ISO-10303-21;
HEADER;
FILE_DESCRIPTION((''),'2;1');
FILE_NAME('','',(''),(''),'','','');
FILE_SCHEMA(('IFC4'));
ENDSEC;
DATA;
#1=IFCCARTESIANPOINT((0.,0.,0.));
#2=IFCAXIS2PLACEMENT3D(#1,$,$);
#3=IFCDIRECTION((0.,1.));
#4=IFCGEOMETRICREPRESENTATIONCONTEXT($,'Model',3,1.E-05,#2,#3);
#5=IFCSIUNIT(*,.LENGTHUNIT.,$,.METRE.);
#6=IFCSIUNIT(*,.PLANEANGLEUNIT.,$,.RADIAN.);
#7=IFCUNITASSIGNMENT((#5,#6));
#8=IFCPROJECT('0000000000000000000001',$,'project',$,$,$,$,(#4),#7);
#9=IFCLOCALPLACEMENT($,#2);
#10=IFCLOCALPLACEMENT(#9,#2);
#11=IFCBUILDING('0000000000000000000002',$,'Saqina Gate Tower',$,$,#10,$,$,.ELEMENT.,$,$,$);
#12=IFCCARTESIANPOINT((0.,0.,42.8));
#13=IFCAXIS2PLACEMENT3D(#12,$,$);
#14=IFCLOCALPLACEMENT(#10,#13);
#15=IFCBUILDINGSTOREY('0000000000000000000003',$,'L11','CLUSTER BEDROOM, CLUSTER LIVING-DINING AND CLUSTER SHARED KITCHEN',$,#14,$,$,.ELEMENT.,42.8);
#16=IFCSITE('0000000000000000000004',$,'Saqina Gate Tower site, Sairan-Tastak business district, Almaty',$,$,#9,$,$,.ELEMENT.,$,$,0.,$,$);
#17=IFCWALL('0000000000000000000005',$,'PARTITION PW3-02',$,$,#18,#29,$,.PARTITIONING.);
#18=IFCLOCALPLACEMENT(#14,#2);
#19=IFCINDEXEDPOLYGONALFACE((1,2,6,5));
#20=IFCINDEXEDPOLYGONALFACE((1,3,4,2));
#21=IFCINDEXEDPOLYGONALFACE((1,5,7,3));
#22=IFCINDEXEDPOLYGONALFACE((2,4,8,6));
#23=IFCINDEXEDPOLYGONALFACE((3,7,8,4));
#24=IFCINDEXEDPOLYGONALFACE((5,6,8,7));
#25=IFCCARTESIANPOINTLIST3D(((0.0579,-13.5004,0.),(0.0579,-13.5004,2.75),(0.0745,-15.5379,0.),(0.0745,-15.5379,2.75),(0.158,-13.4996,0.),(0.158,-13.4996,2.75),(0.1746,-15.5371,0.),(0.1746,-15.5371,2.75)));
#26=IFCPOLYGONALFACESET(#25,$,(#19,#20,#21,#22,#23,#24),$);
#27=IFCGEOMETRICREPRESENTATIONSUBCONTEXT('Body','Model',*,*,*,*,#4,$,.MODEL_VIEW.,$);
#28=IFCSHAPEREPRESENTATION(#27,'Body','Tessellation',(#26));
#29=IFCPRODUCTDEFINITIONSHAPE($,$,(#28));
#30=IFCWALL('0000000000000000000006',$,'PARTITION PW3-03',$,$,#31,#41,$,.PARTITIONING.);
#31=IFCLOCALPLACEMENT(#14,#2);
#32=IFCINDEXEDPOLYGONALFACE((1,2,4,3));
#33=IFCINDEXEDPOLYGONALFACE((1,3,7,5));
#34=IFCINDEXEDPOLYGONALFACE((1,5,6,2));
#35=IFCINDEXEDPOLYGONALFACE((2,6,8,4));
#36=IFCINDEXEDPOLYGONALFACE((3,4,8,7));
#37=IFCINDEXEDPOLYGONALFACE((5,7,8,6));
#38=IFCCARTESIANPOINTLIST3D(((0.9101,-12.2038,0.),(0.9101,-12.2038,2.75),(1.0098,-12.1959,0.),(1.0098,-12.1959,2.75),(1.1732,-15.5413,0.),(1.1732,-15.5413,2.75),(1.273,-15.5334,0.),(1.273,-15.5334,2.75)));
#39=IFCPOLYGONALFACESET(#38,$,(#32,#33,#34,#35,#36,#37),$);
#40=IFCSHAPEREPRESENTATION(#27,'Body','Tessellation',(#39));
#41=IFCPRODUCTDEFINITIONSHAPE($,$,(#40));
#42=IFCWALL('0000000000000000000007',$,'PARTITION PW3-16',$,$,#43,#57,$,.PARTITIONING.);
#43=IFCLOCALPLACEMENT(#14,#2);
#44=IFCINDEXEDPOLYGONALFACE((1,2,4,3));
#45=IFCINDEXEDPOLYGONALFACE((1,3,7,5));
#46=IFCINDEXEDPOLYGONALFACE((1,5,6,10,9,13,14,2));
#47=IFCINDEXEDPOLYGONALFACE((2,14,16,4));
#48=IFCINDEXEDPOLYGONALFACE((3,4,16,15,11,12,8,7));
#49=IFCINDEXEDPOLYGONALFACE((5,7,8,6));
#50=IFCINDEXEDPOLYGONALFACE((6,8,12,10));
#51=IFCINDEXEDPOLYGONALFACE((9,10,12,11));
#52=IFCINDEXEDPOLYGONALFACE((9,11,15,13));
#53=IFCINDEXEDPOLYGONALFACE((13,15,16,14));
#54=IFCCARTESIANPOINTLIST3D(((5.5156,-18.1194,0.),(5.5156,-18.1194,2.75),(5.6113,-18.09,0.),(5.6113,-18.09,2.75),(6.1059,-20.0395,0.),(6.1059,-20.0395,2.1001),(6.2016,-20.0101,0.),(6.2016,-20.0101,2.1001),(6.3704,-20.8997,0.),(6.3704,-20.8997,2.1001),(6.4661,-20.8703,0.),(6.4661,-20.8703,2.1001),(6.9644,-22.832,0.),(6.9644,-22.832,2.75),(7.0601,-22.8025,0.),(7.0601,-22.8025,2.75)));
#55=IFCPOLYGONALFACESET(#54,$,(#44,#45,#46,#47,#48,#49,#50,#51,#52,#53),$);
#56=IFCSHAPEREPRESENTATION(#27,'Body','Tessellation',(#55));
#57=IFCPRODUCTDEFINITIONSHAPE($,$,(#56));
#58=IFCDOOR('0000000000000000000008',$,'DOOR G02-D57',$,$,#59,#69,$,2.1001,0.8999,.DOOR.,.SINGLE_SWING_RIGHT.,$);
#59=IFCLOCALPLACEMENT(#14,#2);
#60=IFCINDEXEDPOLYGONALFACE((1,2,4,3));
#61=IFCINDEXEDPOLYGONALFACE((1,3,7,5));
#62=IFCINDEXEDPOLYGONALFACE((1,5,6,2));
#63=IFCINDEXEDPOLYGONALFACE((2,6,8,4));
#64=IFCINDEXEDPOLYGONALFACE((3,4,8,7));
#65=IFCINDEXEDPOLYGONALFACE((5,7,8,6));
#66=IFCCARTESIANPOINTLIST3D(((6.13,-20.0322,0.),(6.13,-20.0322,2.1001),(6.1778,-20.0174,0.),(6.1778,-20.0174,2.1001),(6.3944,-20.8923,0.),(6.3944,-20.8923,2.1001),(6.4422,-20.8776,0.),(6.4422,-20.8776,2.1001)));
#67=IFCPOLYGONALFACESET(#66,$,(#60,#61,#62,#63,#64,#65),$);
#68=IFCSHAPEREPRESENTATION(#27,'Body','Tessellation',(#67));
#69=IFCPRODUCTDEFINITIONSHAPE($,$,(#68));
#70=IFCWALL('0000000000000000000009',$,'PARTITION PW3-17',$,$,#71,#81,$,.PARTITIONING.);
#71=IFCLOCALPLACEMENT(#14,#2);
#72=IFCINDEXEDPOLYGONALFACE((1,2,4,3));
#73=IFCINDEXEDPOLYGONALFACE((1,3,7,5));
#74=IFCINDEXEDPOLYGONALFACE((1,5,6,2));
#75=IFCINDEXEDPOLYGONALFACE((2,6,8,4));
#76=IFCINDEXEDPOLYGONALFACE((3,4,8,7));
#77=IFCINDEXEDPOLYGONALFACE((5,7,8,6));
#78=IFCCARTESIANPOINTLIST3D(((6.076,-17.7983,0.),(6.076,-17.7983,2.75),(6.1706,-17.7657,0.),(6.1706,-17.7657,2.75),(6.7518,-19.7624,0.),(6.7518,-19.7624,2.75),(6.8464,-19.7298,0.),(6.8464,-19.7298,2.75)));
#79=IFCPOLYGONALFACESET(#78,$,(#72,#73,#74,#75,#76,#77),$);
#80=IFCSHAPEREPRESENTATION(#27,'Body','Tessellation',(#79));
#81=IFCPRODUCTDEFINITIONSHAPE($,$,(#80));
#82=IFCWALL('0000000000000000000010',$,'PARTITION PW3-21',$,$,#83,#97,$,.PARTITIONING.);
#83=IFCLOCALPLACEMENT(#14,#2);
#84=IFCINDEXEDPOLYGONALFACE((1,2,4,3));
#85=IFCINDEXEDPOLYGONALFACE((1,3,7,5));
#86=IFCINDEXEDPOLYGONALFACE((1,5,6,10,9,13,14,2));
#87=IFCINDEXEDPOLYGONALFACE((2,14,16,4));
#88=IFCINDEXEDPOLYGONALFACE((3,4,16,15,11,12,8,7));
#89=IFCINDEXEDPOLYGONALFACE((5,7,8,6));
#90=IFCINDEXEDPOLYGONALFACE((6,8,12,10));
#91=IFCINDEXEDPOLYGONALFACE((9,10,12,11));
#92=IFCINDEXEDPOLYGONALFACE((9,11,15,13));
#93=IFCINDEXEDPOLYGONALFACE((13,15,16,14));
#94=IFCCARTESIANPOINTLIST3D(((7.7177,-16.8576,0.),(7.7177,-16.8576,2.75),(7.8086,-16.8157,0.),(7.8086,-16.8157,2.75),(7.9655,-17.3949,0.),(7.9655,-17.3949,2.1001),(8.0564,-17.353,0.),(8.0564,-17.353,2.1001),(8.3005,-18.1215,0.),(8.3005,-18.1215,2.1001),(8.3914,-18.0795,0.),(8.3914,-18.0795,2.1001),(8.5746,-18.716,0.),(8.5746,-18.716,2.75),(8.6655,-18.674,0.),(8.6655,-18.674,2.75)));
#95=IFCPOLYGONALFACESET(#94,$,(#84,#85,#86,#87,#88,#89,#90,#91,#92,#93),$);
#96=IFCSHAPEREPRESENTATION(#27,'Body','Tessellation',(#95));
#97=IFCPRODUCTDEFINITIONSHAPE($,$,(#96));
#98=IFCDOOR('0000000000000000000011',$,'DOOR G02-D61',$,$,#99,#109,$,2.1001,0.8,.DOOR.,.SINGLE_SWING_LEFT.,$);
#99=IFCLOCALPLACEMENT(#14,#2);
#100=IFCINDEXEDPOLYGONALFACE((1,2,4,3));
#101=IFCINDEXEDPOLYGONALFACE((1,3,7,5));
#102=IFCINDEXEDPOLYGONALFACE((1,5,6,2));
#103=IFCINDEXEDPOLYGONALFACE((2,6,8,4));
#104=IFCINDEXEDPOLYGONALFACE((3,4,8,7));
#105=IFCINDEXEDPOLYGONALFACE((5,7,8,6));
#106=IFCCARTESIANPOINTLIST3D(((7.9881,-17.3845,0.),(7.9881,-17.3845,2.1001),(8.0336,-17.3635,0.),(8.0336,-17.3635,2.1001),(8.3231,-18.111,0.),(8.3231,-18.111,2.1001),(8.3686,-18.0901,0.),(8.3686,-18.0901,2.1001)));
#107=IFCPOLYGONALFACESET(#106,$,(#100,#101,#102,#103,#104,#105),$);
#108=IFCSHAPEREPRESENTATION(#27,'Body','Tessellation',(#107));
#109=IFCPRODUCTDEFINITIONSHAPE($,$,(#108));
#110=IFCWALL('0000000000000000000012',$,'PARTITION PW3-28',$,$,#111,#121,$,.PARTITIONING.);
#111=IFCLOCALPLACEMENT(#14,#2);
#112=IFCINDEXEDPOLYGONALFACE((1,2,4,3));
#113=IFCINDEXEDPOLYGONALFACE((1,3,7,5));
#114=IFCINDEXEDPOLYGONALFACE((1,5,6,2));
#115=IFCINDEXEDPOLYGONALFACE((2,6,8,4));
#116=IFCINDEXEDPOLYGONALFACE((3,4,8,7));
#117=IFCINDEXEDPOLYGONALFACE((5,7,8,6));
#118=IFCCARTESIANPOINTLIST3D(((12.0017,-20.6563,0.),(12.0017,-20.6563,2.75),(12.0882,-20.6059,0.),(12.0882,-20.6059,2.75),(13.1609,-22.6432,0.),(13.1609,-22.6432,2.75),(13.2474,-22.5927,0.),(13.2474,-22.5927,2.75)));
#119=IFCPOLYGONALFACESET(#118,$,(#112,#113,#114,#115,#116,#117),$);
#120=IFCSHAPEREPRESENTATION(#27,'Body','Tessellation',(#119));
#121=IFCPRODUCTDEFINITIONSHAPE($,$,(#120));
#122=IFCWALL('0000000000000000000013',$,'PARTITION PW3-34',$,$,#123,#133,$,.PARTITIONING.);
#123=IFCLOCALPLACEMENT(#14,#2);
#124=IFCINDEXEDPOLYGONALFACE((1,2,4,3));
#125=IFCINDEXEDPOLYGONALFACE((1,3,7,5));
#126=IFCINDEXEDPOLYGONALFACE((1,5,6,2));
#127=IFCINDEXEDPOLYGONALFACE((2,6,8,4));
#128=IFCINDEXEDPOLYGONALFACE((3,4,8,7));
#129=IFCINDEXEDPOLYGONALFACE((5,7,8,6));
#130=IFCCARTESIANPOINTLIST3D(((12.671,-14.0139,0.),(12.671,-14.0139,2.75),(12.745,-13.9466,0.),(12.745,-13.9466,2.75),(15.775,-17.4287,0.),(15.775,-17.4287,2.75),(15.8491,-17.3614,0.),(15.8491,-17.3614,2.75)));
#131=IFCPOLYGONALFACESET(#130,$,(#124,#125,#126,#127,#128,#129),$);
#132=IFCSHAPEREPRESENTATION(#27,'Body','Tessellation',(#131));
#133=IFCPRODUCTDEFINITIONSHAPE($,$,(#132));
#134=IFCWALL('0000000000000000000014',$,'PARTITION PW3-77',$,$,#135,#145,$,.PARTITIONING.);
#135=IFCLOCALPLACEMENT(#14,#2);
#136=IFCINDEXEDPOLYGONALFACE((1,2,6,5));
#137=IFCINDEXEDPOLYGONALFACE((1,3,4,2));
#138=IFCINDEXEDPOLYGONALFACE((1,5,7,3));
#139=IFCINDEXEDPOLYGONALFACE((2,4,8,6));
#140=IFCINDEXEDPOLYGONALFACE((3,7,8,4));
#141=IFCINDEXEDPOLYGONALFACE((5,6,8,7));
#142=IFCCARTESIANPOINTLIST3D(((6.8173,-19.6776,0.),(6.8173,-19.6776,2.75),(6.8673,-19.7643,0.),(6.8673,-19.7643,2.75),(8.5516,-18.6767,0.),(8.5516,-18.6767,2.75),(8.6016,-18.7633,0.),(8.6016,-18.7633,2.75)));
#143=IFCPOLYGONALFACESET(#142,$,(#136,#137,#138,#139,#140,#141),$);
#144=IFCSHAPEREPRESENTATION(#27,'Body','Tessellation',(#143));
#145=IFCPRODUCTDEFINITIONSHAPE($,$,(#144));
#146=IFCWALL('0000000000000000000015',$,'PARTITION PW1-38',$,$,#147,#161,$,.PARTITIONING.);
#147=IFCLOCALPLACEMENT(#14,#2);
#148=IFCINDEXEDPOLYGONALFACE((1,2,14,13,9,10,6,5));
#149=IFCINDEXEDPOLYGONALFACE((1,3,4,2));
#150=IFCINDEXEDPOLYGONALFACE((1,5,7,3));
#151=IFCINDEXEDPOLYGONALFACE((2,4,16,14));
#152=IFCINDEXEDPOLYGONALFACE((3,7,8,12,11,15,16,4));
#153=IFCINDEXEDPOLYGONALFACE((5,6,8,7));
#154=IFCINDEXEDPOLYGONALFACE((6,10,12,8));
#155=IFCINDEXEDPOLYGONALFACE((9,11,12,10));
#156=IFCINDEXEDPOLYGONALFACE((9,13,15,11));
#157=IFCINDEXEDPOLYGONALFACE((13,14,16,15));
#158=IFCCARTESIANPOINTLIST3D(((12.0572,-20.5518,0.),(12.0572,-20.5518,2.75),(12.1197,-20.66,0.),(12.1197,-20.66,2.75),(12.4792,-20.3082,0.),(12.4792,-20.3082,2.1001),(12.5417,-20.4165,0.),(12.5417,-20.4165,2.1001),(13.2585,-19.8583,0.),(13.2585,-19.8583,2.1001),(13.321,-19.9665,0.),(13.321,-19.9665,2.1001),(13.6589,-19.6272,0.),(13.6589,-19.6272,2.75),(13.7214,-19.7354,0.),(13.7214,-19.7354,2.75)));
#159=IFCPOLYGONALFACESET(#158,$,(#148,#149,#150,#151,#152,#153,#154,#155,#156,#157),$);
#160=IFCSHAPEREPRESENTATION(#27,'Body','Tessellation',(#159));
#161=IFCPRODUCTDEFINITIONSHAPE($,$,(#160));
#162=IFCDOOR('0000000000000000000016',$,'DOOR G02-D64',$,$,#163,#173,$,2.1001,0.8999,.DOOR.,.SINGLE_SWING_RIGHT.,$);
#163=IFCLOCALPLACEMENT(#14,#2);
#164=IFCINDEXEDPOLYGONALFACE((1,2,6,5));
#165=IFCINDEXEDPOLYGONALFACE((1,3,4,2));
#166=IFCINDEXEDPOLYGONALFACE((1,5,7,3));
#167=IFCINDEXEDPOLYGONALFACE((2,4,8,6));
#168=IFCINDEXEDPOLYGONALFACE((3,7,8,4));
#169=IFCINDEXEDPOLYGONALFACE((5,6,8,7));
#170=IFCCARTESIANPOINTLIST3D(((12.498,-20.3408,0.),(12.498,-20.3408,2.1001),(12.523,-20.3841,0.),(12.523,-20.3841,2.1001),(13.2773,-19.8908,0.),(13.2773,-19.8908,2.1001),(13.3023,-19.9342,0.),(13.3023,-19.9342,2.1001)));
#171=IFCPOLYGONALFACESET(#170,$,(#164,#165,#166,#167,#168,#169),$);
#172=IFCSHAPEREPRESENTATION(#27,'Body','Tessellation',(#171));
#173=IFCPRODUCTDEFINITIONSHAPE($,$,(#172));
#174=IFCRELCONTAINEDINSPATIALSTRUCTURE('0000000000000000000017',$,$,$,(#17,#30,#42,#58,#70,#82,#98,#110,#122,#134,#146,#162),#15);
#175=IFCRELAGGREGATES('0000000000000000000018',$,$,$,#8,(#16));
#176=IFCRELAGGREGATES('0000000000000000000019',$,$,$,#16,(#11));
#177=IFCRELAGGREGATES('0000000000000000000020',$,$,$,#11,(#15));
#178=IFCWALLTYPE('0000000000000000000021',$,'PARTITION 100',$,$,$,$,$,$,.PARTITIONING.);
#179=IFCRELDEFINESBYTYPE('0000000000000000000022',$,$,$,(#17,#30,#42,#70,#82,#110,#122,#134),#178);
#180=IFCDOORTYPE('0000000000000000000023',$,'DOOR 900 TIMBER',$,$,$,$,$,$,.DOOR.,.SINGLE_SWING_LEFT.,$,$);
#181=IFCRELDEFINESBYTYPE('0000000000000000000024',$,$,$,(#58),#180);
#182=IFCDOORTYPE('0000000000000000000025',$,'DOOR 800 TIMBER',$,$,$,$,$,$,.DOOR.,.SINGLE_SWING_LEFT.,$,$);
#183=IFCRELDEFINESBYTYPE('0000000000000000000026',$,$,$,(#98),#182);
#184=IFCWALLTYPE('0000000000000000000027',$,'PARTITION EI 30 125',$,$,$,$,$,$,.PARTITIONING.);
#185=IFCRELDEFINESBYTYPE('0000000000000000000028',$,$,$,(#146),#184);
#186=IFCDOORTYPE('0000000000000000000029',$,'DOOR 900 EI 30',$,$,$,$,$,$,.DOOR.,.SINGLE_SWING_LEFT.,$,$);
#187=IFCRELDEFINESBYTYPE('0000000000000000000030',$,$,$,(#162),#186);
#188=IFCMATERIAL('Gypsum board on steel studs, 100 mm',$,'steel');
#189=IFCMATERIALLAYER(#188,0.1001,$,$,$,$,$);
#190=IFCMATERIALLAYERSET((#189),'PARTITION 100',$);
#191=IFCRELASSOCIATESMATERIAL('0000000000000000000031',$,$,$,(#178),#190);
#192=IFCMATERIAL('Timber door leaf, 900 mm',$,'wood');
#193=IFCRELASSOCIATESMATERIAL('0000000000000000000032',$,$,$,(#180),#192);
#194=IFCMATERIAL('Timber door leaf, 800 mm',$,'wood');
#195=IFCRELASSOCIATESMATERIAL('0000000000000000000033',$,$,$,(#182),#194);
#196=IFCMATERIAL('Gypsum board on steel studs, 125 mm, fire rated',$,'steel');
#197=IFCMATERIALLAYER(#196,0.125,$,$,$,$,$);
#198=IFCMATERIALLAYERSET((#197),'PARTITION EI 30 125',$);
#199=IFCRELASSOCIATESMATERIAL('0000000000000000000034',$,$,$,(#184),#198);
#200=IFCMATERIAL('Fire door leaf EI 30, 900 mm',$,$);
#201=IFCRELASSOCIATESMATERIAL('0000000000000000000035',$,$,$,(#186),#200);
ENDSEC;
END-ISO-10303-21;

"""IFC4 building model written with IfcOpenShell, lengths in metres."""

from ifc_helpers import new_model, si_unit, direction, frame, frame_2d, origin, place, context, subcontext, project, spatial, rectangle, extrude, material, layer, layer_set, type_object, element, fill, save


model = new_model("IFC4")

# Units and contexts
model_context = context("Model", 3, precision=1e-05, world=origin(), true_north=direction((0.0, 1.0)))
body_context = subcontext(model_context, "Body", "Model", "MODEL_VIEW")
ifc_project = project(units=[si_unit("LENGTHUNIT", "METRE"), si_unit("PLANEANGLEUNIT", "RADIAN")], contexts=[model_context])

# Site, building, storey
site_placement = place(None, origin())
site = spatial("IfcSite", under=ifc_project, at=site_placement, Name="Saqina Gate Tower site, Sairan-Tastak business district, Almaty", CompositionType="ELEMENT", RefElevation=0.0)
building_placement = place(site_placement, origin())
building = spatial("IfcBuilding", under=site, at=building_placement, Name="Saqina Gate Tower", CompositionType="ELEMENT")
storey_placement = place(building_placement, frame((0.0, 0.0, 42.8)))
storey = spatial("IfcBuildingStorey", under=building, at=storey_placement, Name="L11", Description="CLUSTER BEDROOM, CLUSTER LIVING-DINING AND CLUSTER SHARED KITCHEN", CompositionType="ELEMENT", Elevation=42.8)

# Walls
ifc_material_1 = material(Name="Gypsum board on steel studs, 100 mm", Category="steel")
ifc_layer_1 = layer(ifc_material_1, 0.1001)
ifc_layer_set_1 = layer_set([ifc_layer_1], Name="PARTITION 100")
wall_type_1 = type_object("IfcWallType", Name="PARTITION 100", PredefinedType="PARTITIONING", material=ifc_layer_set_1)
wall_1_placement = place(storey_placement, frame((0.1079, -13.5, 0.0), z_axis=(0.0, 0.0, 1.0), x_axis=(0.008147, -0.999967, 0.0)))
element("IfcWall", 1, at=wall_1_placement, inside=storey, type_object=wall_type_1, Name="PARTITION PW3-02", PredefinedType="PARTITIONING", context=body_context, shape_type="SweptSolid", body=[
    extrude(rectangle(XDim=2.0376, YDim=0.1001, at=frame_2d((1.0188, 0.0))), origin(), (0.0, 0.0, 1.0), 2.75),
])
wall_2_placement = place(storey_placement, frame((0.96, -12.2, 0.0), z_axis=(0.0, 0.0, 1.0), x_axis=(0.078609, -0.996906, 0.0)))
element("IfcWall", 2, at=wall_2_placement, inside=storey, type_object=wall_type_1, Name="PARTITION PW3-03", PredefinedType="PARTITIONING", context=body_context, shape_type="SweptSolid", body=[
    extrude(rectangle(XDim=3.3479, YDim=0.1001, at=frame_2d((1.6738, 0.0))), origin(), (0.0, 0.0, 1.0), 2.75),
])

# Wall, opening, door
wall_3_placement = place(storey_placement, frame((5.5635, -18.1047, 0.0), z_axis=(0.0, 0.0, 1.0), x_axis=(0.293856, -0.95585, 0.0)))
wall_3 = element("IfcWall", 3, at=wall_3_placement, inside=storey, type_object=wall_type_1, Name="PARTITION PW3-16", PredefinedType="PARTITIONING", context=body_context, shape_type="SweptSolid", body=[
    extrude(rectangle(XDim=4.9302, YDim=0.1001, at=frame_2d((2.4651, 0.0))), origin(), (0.0, 0.0, 1.0), 2.75),
])
opening_1_placement = place(wall_3_placement, frame((2.0088, 0.0, 0.0)))
opening_1 = element("IfcOpeningElement", 4, at=opening_1_placement, cuts=wall_3, PredefinedType="OPENING", context=body_context, shape_type="SweptSolid", body=[
    extrude(rectangle(XDim=0.8999, YDim=2.1001, at=frame_2d((0.45, 1.05))), frame((0.0, 0.062, 0.0), z_axis=(0.0, -1.0, 0.0), x_axis=(1.0, 0.0, 0.0)), (0.0, 0.0, 1.0), 0.124),
])
ifc_material_2 = material(Name="Timber door leaf, 900 mm", Category="wood")
door_type_1 = type_object("IfcDoorType", Name="DOOR 900 TIMBER", OperationType="SINGLE_SWING_LEFT", PredefinedType="DOOR", material=ifc_material_2)
door_1_placement = place(opening_1_placement, frame((0.8999, 0.0, 0.0), z_axis=(0.0, 0.0, 1.0), x_axis=(-1.0, 0.0, 0.0)))
door_1 = element("IfcDoor", 5, at=door_1_placement, inside=storey, type_object=door_type_1, Name="DOOR G02-D57", OperationType="SINGLE_SWING_RIGHT", OverallHeight=2.1001, OverallWidth=0.8999, PredefinedType="DOOR", context=body_context, shape_type="SweptSolid", body=[
    extrude(rectangle(XDim=0.8999, YDim=2.1001, at=frame_2d((0.45, 1.05))), frame((0.0, 0.0249, 0.0), z_axis=(0.0, -1.0, 0.0), x_axis=(1.0, 0.0, 0.0)), (0.0, 0.0, 1.0), 0.05),
])
fill(opening_1, door_1)

# Wall
wall_4_placement = place(storey_placement, frame((6.1233, -17.782, 0.0), z_axis=(0.0, 0.0, 1.0), x_axis=(0.325346, -0.945595, 0.0)))
element("IfcWall", 6, at=wall_4_placement, inside=storey, type_object=wall_type_1, Name="PARTITION PW3-17", PredefinedType="PARTITIONING", context=body_context, shape_type="SweptSolid", body=[
    extrude(rectangle(XDim=2.0771, YDim=0.1001, at=frame_2d((1.0386, 0.0))), origin(), (0.0, 0.0, 1.0), 2.75),
])

# Wall, opening, door
wall_5_placement = place(storey_placement, frame((7.7632, -16.8367, 0.0), z_axis=(0.0, 0.0, 1.0), x_axis=(0.41874, -0.908106, 0.0)))
wall_5 = element("IfcWall", 7, at=wall_5_placement, inside=storey, type_object=wall_type_1, Name="PARTITION PW3-21", PredefinedType="PARTITIONING", context=body_context, shape_type="SweptSolid", body=[
    extrude(rectangle(XDim=2.0464, YDim=0.1001, at=frame_2d((1.0232, 0.0))), origin(), (0.0, 0.0, 1.0), 2.75),
])
opening_2_placement = place(wall_5_placement, frame((0.5918, 0.0, 0.0)))
opening_2 = element("IfcOpeningElement", 8, at=opening_2_placement, cuts=wall_5, PredefinedType="OPENING", context=body_context, shape_type="SweptSolid", body=[
    extrude(rectangle(XDim=0.8, YDim=2.1001, at=frame_2d((0.3999, 1.05))), frame((0.0, 0.062, 0.0), z_axis=(0.0, -1.0, 0.0), x_axis=(1.0, 0.0, 0.0)), (0.0, 0.0, 1.0), 0.124),
])
ifc_material_3 = material(Name="Timber door leaf, 800 mm", Category="wood")
door_type_2 = type_object("IfcDoorType", Name="DOOR 800 TIMBER", OperationType="SINGLE_SWING_LEFT", PredefinedType="DOOR", material=ifc_material_3)
door_2_placement = place(opening_2_placement, origin())
door_2 = element("IfcDoor", 9, at=door_2_placement, inside=storey, type_object=door_type_2, Name="DOOR G02-D61", OperationType="SINGLE_SWING_LEFT", OverallHeight=2.1001, OverallWidth=0.8, PredefinedType="DOOR", context=body_context, shape_type="SweptSolid", body=[
    extrude(rectangle(XDim=0.8, YDim=2.1001, at=frame_2d((0.3999, 1.05))), frame((0.0, 0.0249, 0.0), z_axis=(0.0, -1.0, 0.0), x_axis=(1.0, 0.0, 0.0)), (0.0, 0.0, 1.0), 0.05),
])
fill(opening_2, door_2)

# Walls
wall_6_placement = place(storey_placement, frame((12.0449, -20.6311, 0.0), z_axis=(0.0, 0.0, 1.0), x_axis=(0.503937, -0.86374, 0.0)))
element("IfcWall", 10, at=wall_6_placement, inside=storey, type_object=wall_type_1, Name="PARTITION PW3-28", PredefinedType="PARTITIONING", context=body_context, shape_type="SweptSolid", body=[
    extrude(rectangle(XDim=2.3003, YDim=0.1001, at=frame_2d((1.1501, 0.0))), origin(), (0.0, 0.0, 1.0), 2.75),
])
wall_7_placement = place(storey_placement, frame((12.708, -13.9802, 0.0), z_axis=(0.0, 0.0, 1.0), x_axis=(0.672631, -0.739978, 0.0)))
element("IfcWall", 11, at=wall_7_placement, inside=storey, type_object=wall_type_1, Name="PARTITION PW3-34", PredefinedType="PARTITIONING", context=body_context, shape_type="SweptSolid", body=[
    extrude(rectangle(XDim=4.6147, YDim=0.1001, at=frame_2d((2.3074, 0.0))), origin(), (0.0, 0.0, 1.0), 2.75),
])
wall_8_placement = place(storey_placement, frame((6.8423, -19.7209, 0.0), z_axis=(0.0, 0.0, 1.0), x_axis=(0.866104, 0.499863, 0.0)))
element("IfcWall", 12, at=wall_8_placement, inside=storey, type_object=wall_type_1, Name="PARTITION PW3-77", PredefinedType="PARTITIONING", context=body_context, shape_type="SweptSolid", body=[
    extrude(rectangle(XDim=2.0024, YDim=0.1001, at=frame_2d((1.0012, 0.0))), origin(), (0.0, 0.0, 1.0), 2.75),
])

# Wall, opening, door
ifc_material_4 = material(Name="Gypsum board on steel studs, 125 mm, fire rated", Category="steel")
ifc_layer_2 = layer(ifc_material_4, 0.125)
ifc_layer_set_2 = layer_set([ifc_layer_2], Name="PARTITION EI 30 125")
wall_type_2 = type_object("IfcWallType", Name="PARTITION EI 30 125", PredefinedType="PARTITIONING", material=ifc_layer_set_2)
wall_9_placement = place(storey_placement, frame((12.0884, -20.606, 0.0), z_axis=(0.0, 0.0, 1.0), x_axis=(0.866049, 0.499959, 0.0)))
wall_9 = element("IfcWall", 13, at=wall_9_placement, inside=storey, type_object=wall_type_2, Name="PARTITION PW1-38", PredefinedType="PARTITIONING", context=body_context, shape_type="SweptSolid", body=[
    extrude(rectangle(XDim=1.8494, YDim=0.125, at=frame_2d((0.9248, 0.0))), origin(), (0.0, 0.0, 1.0), 2.75),
])
opening_3_placement = place(wall_9_placement, frame((0.4873, 0.0, 0.0)))
opening_3 = element("IfcOpeningElement", 14, at=opening_3_placement, cuts=wall_9, PredefinedType="OPENING", context=body_context, shape_type="SweptSolid", body=[
    extrude(rectangle(XDim=0.8999, YDim=2.1001, at=frame_2d((0.45, 1.05))), frame((0.0, 0.0745, 0.0), z_axis=(0.0, -1.0, 0.0), x_axis=(1.0, 0.0, 0.0)), (0.0, 0.0, 1.0), 0.1489),
])
ifc_material_5 = material(Name="Fire door leaf EI 30, 900 mm")
door_type_3 = type_object("IfcDoorType", Name="DOOR 900 EI 30", OperationType="SINGLE_SWING_LEFT", PredefinedType="DOOR", material=ifc_material_5)
door_3_placement = place(opening_3_placement, origin())
door_3 = element("IfcDoor", 15, at=door_3_placement, inside=storey, type_object=door_type_3, Name="DOOR G02-D64", OperationType="SINGLE_SWING_RIGHT", OverallHeight=2.1001, OverallWidth=0.8999, PredefinedType="DOOR", context=body_context, shape_type="SweptSolid", body=[
    extrude(rectangle(XDim=0.8999, YDim=2.1001, at=frame_2d((0.45, 1.05))), frame((0.0, 0.0249, 0.0), z_axis=(0.0, -1.0, 0.0), x_axis=(1.0, 0.0, 0.0)), (0.0, 0.0, 1.0), 0.05),
])
fill(opening_3, door_3)

save(model, "model.ifc")
